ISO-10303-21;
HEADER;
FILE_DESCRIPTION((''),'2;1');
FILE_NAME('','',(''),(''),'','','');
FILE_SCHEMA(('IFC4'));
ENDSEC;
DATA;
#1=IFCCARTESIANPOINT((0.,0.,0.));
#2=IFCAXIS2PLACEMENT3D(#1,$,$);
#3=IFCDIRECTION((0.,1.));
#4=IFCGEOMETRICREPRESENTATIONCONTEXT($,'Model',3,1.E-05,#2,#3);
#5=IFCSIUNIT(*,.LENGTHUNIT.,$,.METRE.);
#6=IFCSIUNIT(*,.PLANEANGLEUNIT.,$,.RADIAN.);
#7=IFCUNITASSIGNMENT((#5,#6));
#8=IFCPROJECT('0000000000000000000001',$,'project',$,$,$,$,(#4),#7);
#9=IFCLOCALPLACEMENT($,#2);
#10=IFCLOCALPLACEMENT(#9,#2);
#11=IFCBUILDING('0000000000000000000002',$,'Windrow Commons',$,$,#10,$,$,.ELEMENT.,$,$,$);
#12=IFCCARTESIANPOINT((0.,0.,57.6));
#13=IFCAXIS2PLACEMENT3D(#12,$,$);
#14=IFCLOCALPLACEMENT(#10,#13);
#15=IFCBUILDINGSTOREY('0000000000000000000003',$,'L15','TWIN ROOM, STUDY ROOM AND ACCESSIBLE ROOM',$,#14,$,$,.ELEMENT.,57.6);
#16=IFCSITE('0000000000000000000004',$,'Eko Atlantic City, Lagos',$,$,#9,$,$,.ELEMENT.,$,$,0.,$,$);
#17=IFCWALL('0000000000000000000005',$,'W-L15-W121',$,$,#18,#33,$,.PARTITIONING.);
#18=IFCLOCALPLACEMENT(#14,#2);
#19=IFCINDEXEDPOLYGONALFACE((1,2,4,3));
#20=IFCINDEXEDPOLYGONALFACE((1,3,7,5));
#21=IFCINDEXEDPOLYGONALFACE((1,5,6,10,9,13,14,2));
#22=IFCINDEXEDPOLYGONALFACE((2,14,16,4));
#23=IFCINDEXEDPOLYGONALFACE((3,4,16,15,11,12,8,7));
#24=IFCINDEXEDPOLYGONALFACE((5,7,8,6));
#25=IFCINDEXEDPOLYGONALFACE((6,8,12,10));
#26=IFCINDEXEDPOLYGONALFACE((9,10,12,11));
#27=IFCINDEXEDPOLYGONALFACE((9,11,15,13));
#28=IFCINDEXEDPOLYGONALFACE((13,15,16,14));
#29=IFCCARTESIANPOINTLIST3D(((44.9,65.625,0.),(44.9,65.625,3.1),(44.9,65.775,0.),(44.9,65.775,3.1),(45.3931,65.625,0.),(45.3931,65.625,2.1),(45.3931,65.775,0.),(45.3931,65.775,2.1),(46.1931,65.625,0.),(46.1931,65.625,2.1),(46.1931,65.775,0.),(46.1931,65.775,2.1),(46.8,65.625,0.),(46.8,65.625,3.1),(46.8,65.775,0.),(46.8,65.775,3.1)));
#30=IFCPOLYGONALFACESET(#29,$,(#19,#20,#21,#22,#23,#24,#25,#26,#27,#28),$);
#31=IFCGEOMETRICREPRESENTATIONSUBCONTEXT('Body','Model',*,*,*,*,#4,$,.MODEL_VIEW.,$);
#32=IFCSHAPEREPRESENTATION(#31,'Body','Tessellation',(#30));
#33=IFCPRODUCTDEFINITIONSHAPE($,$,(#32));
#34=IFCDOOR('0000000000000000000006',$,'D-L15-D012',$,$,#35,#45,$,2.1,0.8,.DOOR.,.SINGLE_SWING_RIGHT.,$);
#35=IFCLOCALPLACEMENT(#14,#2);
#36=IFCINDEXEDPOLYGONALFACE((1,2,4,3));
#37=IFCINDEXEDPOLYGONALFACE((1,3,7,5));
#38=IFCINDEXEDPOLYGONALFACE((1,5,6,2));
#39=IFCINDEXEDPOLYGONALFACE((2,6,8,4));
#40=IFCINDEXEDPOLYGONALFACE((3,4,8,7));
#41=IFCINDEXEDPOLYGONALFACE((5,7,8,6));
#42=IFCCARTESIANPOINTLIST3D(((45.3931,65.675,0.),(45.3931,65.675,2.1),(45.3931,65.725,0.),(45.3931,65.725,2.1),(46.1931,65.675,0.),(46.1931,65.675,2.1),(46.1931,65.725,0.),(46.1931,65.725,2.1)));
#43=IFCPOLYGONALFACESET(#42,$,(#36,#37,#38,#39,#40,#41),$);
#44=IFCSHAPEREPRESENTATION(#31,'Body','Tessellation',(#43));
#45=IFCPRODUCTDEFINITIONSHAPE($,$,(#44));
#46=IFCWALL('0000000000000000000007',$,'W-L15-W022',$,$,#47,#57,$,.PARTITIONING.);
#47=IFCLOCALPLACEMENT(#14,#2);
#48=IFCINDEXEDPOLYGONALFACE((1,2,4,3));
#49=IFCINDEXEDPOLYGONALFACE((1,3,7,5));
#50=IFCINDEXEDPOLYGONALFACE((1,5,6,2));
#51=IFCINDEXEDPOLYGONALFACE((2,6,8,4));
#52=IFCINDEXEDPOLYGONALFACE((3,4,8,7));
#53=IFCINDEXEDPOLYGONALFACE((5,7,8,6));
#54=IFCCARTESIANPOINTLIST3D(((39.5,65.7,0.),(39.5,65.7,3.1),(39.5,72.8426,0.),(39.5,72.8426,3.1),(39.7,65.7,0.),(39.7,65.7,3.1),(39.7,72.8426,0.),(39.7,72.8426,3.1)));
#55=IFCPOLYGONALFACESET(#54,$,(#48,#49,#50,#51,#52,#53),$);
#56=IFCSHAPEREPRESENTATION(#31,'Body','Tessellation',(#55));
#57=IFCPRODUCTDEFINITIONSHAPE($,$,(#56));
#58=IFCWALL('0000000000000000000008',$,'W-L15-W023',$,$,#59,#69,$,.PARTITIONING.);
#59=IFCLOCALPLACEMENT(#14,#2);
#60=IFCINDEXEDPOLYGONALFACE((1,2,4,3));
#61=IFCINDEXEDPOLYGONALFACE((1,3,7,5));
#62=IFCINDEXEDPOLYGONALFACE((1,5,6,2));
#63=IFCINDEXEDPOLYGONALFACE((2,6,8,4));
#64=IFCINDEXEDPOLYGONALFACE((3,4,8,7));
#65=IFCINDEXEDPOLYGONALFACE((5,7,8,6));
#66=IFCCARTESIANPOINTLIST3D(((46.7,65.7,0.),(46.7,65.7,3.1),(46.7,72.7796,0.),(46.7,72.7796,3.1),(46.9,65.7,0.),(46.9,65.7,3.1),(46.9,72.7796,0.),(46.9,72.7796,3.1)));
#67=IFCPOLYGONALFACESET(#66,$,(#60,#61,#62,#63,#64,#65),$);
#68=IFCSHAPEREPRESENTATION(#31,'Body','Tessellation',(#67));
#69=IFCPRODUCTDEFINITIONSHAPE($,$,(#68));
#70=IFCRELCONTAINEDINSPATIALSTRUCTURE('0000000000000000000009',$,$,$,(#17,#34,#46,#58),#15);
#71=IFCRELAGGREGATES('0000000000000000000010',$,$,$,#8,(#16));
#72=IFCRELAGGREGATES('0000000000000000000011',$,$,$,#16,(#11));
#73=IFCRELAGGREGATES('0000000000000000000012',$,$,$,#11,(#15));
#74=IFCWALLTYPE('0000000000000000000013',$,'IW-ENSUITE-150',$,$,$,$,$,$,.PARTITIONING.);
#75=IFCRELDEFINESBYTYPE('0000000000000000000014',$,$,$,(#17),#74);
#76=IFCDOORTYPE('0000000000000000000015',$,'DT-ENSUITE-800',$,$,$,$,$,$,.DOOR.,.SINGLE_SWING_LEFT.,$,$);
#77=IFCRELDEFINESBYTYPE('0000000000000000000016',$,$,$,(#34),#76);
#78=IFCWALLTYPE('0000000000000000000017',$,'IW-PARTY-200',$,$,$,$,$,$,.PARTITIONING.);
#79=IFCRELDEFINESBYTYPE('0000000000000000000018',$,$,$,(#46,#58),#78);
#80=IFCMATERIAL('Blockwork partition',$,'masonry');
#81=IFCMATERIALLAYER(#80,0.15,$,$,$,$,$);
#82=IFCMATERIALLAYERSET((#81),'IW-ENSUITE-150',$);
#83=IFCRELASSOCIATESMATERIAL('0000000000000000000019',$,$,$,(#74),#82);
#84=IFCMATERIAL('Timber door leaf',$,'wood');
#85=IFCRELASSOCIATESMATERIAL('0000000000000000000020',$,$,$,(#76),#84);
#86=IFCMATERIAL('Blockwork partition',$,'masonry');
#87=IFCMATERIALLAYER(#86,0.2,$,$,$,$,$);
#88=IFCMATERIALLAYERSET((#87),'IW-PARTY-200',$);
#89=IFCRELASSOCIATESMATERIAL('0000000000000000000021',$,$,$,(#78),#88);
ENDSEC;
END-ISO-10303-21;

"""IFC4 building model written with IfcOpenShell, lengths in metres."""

from ifc_helpers import new_model, si_unit, direction, frame, frame_2d, origin, place, context, subcontext, project, spatial, rectangle, extrude, material, layer, layer_set, type_object, element, fill, save


model = new_model("IFC4")

# Units and contexts
model_context = context("Model", 3, precision=1e-05, world=origin(), true_north=direction((0.0, 1.0)))
body_context = subcontext(model_context, "Body", "Model", "MODEL_VIEW")
ifc_project = project(units=[si_unit("LENGTHUNIT", "METRE"), si_unit("PLANEANGLEUNIT", "RADIAN")], contexts=[model_context])

# Site, building, storey
site_placement = place(None, origin())
site = spatial("IfcSite", under=ifc_project, at=site_placement, Name="Eko Atlantic City, Lagos", CompositionType="ELEMENT", RefElevation=0.0)
building_placement = place(site_placement, origin())
building = spatial("IfcBuilding", under=site, at=building_placement, Name="Windrow Commons", CompositionType="ELEMENT")
storey_placement = place(building_placement, frame((0.0, 0.0, 57.6)))
storey = spatial("IfcBuildingStorey", under=building, at=storey_placement, Name="L15", Description="TWIN ROOM, STUDY ROOM AND ACCESSIBLE ROOM", CompositionType="ELEMENT", Elevation=57.6)

# Shared definitions
ifc_material_1 = material(Name="Blockwork partition", Category="masonry")
ifc_layer_1 = layer(ifc_material_1, 0.15)
ifc_layer_set_1 = layer_set([ifc_layer_1], Name="IW-ENSUITE-150")
wall_type_1 = type_object("IfcWallType", Name="IW-ENSUITE-150", PredefinedType="PARTITIONING", material=ifc_layer_set_1)

# Wall, opening, door
wall_1_placement = place(storey_placement, frame((44.9, 65.7, 0.0), z_axis=(0.0, 0.0, 1.0), x_axis=(1.0, 0.0, 0.0)))
wall_1 = element("IfcWall", 1, at=wall_1_placement, inside=storey, type_object=wall_type_1, Name="W-L15-W121", PredefinedType="PARTITIONING", context=body_context, shape_type="SweptSolid", body=[
    extrude(rectangle(XDim=1.9, YDim=0.15, at=frame_2d((0.95, 0.0))), origin(), (0.0, 0.0, 1.0), 3.1),
])
opening_1_placement = place(wall_1_placement, frame((0.4931, 0.0, 0.0)))
opening_1 = element("IfcOpeningElement", 2, at=opening_1_placement, cuts=wall_1, PredefinedType="OPENING", context=body_context, shape_type="SweptSolid", body=[
    extrude(rectangle(XDim=0.8, YDim=2.1, at=frame_2d((0.4, 1.05))), frame((0.0, 0.085, 0.0), z_axis=(0.0, -1.0, 0.0), x_axis=(1.0, 0.0, 0.0)), (0.0, 0.0, 1.0), 0.17),
])
ifc_material_2 = material(Name="Timber door leaf", Category="wood")
door_type = type_object("IfcDoorType", Name="DT-ENSUITE-800", OperationType="SINGLE_SWING_LEFT", PredefinedType="DOOR", material=ifc_material_2)
door_placement = place(opening_1_placement, origin())
door = element("IfcDoor", 3, at=door_placement, inside=storey, type_object=door_type, Name="D-L15-D012", OperationType="SINGLE_SWING_RIGHT", OverallHeight=2.1, OverallWidth=0.8, PredefinedType="DOOR", context=body_context, shape_type="SweptSolid", body=[
    extrude(rectangle(XDim=0.8, YDim=2.1, at=frame_2d((0.4, 1.05))), frame((0.0, 0.025, 0.0), z_axis=(0.0, -1.0, 0.0), x_axis=(1.0, 0.0, 0.0)), (0.0, 0.0, 1.0), 0.05),
])
fill(opening_1, door)

# Walls
ifc_material_3 = material(Name="Blockwork partition", Category="masonry")
ifc_layer_2 = layer(ifc_material_3, 0.2)
ifc_layer_set_2 = layer_set([ifc_layer_2], Name="IW-PARTY-200")
wall_type_2 = type_object("IfcWallType", Name="IW-PARTY-200", PredefinedType="PARTITIONING", material=ifc_layer_set_2)
wall_2_placement = place(storey_placement, frame((39.6, 65.7, 0.0), z_axis=(0.0, 0.0, 1.0), x_axis=(0.0, 1.0, 0.0)))
element("IfcWall", 4, at=wall_2_placement, inside=storey, type_object=wall_type_2, Name="W-L15-W022", PredefinedType="PARTITIONING", context=body_context, shape_type="SweptSolid", body=[
    extrude(rectangle(XDim=7.1426, YDim=0.2, at=frame_2d((3.5713, 0.0))), origin(), (0.0, 0.0, 1.0), 3.1),
])
wall_3_placement = place(storey_placement, frame((46.8, 65.7, 0.0), z_axis=(0.0, 0.0, 1.0), x_axis=(0.0, 1.0, 0.0)))
element("IfcWall", 5, at=wall_3_placement, inside=storey, type_object=wall_type_2, Name="W-L15-W023", PredefinedType="PARTITIONING", context=body_context, shape_type="SweptSolid", body=[
    extrude(rectangle(XDim=7.0796, YDim=0.2, at=frame_2d((3.5398, 0.0))), origin(), (0.0, 0.0, 1.0), 3.1),
])

save(model, "model.ifc")
